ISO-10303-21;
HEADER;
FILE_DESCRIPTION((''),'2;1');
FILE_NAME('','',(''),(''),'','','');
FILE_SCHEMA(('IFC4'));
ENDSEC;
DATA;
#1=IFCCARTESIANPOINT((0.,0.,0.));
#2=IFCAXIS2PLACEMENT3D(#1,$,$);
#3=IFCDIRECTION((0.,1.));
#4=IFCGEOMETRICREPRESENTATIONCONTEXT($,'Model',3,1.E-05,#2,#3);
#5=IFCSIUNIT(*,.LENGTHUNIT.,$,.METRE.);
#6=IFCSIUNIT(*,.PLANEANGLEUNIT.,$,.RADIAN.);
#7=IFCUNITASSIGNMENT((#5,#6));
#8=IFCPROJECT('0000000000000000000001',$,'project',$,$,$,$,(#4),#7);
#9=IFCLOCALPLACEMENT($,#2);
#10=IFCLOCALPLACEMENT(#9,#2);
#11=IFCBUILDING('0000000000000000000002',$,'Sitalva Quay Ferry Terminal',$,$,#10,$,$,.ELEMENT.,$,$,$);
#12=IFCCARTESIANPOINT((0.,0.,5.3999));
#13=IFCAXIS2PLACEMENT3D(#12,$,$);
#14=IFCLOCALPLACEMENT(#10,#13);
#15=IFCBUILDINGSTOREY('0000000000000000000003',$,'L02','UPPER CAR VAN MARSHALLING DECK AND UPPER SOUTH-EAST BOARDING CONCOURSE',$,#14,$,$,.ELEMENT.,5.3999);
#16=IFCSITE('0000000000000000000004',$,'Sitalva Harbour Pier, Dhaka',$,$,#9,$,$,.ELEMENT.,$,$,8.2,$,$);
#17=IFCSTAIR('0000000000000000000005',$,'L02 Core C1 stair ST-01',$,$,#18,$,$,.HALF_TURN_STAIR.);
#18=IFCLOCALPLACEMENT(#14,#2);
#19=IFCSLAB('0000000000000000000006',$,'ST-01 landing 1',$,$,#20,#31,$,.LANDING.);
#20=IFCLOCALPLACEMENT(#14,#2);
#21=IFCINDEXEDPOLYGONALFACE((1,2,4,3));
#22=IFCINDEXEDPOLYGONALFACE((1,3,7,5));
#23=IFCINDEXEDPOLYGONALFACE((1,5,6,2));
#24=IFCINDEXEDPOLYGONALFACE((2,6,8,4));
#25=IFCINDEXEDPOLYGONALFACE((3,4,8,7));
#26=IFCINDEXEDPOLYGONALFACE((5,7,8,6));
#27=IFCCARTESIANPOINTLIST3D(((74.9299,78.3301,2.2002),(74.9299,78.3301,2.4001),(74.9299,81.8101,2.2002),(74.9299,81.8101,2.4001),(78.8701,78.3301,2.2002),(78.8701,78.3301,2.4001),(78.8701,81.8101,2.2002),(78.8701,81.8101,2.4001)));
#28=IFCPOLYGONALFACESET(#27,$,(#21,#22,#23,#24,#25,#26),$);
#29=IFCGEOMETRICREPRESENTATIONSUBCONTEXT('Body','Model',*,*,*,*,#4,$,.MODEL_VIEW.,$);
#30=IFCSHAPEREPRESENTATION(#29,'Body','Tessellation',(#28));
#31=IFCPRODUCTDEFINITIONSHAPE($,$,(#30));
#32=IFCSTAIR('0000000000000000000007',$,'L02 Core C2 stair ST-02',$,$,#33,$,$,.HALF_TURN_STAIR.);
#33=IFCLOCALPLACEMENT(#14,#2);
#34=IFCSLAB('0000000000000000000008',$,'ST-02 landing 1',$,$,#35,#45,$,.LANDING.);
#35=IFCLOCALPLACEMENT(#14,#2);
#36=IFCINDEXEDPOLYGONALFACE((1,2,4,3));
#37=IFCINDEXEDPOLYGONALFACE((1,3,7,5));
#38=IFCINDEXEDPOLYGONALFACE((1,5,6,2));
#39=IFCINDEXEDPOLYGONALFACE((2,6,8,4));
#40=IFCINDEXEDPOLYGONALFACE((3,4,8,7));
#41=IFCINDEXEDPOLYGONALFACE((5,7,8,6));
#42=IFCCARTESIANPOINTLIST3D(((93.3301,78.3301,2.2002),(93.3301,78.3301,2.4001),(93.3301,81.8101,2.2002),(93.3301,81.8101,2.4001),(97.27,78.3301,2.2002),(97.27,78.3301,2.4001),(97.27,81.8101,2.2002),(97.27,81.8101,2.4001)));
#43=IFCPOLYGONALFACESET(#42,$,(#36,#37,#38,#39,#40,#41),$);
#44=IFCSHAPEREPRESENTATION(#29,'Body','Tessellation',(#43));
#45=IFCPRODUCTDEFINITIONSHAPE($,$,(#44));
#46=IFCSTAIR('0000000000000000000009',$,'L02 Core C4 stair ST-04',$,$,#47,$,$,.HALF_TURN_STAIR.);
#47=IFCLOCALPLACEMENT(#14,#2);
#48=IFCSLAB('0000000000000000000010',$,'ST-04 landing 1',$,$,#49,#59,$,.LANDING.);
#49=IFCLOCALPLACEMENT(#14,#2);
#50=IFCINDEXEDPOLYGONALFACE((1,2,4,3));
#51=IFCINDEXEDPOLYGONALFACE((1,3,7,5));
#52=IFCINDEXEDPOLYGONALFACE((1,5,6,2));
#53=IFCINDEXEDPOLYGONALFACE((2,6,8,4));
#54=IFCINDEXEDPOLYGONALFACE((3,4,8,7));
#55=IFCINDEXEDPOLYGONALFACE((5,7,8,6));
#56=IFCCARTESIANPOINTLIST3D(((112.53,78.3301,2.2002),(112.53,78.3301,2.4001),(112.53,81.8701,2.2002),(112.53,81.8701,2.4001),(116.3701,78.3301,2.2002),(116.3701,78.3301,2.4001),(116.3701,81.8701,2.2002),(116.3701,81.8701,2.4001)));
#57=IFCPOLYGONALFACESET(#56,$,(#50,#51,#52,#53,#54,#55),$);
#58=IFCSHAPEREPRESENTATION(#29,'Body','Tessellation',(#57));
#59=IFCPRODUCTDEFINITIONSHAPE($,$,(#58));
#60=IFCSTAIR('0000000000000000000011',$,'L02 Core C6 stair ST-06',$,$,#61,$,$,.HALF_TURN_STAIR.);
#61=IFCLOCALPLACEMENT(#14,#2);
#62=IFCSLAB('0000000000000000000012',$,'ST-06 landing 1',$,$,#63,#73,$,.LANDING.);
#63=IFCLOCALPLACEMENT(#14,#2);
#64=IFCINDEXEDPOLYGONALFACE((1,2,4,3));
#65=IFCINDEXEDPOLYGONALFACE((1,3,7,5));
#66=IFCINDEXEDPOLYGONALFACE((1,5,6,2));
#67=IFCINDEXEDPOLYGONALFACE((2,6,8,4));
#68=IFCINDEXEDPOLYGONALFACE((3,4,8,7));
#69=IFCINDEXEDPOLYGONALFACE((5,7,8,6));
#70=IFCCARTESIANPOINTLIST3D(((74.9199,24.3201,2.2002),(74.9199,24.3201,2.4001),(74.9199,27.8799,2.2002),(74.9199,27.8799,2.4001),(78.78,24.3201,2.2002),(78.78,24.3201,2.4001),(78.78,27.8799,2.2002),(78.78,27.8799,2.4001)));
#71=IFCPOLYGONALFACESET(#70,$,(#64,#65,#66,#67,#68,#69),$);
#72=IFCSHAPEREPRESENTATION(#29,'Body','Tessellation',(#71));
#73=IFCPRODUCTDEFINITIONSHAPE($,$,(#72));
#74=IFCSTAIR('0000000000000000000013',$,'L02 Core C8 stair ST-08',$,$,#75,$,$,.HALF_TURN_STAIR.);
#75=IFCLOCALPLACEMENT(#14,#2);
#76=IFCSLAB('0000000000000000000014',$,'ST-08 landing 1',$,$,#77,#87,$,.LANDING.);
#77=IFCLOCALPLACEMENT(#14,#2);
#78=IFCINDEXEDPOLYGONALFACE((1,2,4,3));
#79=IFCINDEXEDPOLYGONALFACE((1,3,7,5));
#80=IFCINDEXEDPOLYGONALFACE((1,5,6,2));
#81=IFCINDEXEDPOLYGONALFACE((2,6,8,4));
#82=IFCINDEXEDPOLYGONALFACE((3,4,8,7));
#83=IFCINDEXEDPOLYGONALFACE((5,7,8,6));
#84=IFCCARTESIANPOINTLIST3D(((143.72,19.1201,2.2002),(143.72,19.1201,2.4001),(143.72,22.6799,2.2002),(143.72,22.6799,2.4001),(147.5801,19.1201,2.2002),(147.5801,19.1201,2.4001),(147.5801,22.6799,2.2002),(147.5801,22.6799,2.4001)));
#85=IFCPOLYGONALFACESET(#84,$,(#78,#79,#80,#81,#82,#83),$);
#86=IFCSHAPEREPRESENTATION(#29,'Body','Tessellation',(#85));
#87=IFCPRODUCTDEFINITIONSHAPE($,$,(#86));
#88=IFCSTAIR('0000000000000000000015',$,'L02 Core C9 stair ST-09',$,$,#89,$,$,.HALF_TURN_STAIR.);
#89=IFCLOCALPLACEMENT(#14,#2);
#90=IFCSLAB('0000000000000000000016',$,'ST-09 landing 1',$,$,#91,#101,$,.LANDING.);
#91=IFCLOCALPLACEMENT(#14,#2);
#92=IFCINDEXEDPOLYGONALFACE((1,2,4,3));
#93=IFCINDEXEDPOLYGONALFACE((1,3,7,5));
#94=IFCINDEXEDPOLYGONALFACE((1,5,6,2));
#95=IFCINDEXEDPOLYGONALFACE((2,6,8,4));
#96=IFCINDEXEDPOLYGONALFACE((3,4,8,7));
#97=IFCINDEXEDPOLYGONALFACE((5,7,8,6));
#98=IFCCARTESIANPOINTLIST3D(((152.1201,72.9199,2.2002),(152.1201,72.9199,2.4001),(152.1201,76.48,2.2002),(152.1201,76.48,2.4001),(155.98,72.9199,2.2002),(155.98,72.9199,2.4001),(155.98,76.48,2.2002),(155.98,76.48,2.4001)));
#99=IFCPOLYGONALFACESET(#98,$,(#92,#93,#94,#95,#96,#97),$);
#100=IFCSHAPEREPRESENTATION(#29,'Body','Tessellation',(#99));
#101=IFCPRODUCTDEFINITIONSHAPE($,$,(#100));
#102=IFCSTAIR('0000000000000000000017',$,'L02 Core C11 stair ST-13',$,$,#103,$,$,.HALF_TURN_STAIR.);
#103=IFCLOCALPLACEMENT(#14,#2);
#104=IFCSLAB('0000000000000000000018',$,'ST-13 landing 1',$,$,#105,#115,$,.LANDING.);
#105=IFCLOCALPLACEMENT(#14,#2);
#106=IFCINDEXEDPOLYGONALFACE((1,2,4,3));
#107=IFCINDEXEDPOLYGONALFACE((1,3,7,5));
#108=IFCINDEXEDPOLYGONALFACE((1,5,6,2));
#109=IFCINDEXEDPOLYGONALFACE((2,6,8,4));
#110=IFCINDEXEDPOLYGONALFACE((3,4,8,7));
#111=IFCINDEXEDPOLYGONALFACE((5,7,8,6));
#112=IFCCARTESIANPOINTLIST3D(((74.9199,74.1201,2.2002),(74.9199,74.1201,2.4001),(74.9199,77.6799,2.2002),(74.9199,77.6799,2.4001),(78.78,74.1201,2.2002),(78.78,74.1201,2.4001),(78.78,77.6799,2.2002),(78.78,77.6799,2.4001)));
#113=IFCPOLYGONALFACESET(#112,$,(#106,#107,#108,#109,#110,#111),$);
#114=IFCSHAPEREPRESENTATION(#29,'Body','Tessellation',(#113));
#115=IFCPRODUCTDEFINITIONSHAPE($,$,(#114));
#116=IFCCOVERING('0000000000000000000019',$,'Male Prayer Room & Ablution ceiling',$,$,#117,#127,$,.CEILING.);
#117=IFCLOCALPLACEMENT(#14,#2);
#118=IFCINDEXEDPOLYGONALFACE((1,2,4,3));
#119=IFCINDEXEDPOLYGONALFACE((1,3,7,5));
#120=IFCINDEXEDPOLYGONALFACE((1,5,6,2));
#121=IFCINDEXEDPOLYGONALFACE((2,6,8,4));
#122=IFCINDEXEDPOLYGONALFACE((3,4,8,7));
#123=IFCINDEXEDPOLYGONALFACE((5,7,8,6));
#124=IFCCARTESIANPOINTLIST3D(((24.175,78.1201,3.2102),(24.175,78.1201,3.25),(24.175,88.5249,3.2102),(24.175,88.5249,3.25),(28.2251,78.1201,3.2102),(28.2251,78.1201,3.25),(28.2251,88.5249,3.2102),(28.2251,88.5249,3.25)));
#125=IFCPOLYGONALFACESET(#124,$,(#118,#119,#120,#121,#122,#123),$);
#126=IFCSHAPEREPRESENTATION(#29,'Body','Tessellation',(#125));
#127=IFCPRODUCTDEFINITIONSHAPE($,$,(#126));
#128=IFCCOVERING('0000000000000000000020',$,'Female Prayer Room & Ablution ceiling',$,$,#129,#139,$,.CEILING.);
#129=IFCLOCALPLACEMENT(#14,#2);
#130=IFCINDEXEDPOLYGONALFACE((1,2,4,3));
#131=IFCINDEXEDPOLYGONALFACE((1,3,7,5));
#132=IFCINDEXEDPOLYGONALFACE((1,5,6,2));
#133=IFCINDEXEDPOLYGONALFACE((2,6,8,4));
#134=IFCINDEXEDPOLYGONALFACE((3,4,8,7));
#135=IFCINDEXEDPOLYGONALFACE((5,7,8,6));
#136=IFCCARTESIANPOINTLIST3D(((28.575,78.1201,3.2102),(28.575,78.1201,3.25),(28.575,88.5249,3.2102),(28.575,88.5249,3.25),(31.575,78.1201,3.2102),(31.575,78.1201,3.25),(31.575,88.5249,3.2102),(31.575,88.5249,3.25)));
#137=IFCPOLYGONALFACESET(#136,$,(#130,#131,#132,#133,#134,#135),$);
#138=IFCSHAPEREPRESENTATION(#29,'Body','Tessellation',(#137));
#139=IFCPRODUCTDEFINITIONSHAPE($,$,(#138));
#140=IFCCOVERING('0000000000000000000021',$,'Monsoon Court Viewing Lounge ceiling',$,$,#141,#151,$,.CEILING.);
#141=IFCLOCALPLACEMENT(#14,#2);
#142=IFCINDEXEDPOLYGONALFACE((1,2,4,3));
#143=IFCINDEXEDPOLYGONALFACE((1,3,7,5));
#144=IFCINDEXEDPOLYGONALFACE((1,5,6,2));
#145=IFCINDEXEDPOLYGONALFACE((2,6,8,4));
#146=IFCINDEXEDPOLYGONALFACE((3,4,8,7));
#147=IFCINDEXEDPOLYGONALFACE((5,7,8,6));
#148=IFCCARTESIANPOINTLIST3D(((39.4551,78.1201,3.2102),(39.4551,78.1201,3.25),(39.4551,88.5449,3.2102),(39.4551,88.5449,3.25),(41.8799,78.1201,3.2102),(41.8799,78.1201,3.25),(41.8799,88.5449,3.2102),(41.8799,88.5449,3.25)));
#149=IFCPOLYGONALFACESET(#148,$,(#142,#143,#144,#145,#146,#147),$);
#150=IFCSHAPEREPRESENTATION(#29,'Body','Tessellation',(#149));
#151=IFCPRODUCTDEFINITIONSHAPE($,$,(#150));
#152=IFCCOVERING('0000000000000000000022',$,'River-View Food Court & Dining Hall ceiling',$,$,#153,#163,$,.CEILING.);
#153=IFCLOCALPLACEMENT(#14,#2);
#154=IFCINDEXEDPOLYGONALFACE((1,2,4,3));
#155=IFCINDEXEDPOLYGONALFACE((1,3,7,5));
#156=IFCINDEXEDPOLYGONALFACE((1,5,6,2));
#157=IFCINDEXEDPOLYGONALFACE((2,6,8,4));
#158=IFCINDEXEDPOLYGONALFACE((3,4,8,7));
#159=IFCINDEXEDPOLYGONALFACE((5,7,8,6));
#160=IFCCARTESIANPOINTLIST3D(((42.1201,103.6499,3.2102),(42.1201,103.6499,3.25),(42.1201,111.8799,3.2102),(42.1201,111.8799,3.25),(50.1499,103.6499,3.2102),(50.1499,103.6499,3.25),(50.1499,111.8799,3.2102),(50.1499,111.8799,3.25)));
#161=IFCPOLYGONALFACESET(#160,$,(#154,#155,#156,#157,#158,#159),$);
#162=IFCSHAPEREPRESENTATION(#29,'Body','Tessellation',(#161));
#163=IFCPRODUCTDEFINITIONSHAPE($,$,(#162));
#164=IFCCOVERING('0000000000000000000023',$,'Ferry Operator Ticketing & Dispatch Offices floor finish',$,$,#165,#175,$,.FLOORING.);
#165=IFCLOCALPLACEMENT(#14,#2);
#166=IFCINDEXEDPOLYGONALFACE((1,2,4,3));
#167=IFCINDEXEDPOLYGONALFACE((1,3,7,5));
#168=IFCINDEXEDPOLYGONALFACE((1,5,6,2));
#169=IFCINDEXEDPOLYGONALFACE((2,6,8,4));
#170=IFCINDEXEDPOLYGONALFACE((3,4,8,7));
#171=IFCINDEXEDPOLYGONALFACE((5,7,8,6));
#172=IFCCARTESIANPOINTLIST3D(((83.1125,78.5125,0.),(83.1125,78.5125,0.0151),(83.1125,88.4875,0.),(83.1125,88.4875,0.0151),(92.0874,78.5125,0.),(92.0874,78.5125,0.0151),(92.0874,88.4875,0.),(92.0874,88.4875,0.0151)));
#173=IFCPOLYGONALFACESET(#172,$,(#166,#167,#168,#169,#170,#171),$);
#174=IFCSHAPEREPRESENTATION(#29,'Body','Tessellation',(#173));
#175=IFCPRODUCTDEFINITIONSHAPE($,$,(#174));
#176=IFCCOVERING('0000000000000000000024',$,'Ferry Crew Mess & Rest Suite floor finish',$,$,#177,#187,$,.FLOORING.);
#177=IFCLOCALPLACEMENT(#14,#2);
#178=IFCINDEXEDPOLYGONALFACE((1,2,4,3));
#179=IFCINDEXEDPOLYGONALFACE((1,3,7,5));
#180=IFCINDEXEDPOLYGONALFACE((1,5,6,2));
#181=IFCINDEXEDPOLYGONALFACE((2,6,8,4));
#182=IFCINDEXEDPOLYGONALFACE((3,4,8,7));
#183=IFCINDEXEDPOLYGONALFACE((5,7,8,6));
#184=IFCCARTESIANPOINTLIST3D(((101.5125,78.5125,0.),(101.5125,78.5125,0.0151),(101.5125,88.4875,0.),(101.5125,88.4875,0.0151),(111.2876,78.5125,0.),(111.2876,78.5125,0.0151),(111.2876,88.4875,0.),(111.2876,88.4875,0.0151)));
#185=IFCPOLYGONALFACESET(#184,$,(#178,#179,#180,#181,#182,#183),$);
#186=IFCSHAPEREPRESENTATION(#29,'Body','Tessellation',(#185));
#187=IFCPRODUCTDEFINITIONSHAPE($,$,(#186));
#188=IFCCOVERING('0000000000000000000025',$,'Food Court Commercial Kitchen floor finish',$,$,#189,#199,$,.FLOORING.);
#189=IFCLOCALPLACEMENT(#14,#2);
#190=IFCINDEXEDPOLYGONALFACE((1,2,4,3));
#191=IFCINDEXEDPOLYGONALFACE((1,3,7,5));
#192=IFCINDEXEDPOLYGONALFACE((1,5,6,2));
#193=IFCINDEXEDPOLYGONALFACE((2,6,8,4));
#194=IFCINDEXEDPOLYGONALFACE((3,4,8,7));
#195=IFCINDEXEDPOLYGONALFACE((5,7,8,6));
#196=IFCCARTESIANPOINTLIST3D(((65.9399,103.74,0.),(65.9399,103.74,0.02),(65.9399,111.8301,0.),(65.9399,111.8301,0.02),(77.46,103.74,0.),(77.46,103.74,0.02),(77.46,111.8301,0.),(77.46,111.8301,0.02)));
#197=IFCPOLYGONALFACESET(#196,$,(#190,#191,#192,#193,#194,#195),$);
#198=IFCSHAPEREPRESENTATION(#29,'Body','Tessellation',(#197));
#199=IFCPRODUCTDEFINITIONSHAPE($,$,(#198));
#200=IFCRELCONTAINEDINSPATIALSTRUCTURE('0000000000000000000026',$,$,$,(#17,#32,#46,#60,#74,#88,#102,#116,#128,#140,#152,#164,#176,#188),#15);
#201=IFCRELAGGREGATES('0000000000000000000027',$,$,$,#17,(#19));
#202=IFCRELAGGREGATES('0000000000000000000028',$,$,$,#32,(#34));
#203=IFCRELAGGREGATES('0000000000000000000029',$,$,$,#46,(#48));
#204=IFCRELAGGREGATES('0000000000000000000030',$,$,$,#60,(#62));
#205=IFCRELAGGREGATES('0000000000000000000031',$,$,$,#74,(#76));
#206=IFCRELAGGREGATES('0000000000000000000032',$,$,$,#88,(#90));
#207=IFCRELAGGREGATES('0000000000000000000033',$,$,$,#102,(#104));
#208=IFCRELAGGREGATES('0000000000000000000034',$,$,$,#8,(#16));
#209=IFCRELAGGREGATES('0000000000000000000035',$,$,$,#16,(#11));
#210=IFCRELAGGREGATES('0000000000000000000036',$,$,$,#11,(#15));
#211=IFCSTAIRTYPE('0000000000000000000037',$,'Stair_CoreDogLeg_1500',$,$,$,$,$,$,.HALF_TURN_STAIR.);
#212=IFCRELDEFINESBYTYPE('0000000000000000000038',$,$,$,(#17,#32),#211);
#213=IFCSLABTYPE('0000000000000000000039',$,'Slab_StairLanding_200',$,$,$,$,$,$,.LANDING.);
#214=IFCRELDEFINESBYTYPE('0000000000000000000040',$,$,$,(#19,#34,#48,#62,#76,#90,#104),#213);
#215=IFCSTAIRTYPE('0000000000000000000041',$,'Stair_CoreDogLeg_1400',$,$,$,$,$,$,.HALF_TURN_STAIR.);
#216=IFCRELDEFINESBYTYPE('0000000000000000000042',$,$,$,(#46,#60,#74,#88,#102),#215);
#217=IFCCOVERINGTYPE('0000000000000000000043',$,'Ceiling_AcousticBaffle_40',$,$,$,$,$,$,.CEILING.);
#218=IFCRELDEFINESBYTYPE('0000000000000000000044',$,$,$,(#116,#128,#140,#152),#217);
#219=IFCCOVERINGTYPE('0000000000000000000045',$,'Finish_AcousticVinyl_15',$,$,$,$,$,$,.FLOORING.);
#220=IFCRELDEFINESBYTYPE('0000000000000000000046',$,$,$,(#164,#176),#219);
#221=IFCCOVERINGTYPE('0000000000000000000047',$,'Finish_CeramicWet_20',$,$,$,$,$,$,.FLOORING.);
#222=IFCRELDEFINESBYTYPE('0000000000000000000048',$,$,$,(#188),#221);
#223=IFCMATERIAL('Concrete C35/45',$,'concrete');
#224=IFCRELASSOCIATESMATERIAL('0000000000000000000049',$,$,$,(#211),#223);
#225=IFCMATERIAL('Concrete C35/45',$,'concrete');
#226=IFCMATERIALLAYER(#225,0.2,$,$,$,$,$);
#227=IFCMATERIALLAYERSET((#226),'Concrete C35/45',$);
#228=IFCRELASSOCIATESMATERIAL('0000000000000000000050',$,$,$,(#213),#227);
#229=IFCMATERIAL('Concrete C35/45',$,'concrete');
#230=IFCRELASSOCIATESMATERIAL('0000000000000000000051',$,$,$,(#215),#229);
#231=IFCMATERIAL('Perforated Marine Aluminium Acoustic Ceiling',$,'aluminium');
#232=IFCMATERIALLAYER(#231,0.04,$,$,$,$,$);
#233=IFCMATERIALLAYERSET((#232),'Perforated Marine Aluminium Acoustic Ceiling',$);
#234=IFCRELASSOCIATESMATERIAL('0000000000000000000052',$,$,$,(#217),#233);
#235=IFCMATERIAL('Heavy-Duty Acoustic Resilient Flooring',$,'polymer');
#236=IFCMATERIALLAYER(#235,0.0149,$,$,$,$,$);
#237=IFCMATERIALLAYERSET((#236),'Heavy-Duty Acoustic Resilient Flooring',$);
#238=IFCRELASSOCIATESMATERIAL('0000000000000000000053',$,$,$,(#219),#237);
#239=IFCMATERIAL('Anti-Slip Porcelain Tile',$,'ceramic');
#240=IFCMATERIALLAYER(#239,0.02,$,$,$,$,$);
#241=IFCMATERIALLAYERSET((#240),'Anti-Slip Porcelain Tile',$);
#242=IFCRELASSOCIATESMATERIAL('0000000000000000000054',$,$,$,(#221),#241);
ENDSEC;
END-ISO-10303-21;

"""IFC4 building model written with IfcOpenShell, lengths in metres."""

from ifc_helpers import new_model, si_unit, direction, frame, origin, place, context, subcontext, project, spatial, polyline, outline, extrude, material, layer, layer_set, type_object, element, aggregate, save


model = new_model("IFC4")

# Units and contexts
model_context = context("Model", 3, precision=1e-05, world=origin(), true_north=direction((0.0, 1.0)))
body_context = subcontext(model_context, "Body", "Model", "MODEL_VIEW")
ifc_project = project(units=[si_unit("LENGTHUNIT", "METRE"), si_unit("PLANEANGLEUNIT", "RADIAN")], contexts=[model_context])

# Site, building, storey
site_placement = place(None, origin())
site = spatial("IfcSite", under=ifc_project, at=site_placement, Name="Sitalva Harbour Pier, Dhaka", CompositionType="ELEMENT", RefElevation=8.2)
building_placement = place(site_placement, origin())
building = spatial("IfcBuilding", under=site, at=building_placement, Name="Sitalva Quay Ferry Terminal", CompositionType="ELEMENT")
storey_placement = place(building_placement, frame((0.0, 0.0, 5.3999)))
storey = spatial("IfcBuildingStorey", under=building, at=storey_placement, Name="L02", Description="UPPER CAR VAN MARSHALLING DECK AND UPPER SOUTH-EAST BOARDING CONCOURSE", CompositionType="ELEMENT", Elevation=5.3999)

# Stairs, slabs
ifc_material_1 = material(Name="Concrete C35/45", Category="concrete")
stair_type_1 = type_object("IfcStairType", Name="Stair_CoreDogLeg_1500", PredefinedType="HALF_TURN_STAIR", material=ifc_material_1)
stair_1_placement = place(storey_placement, origin())
stair_1 = element("IfcStair", 1, at=stair_1_placement, inside=storey, type_object=stair_type_1, Name="L02 Core C1 stair ST-01", PredefinedType="HALF_TURN_STAIR")
ifc_material_2 = material(Name="Concrete C35/45", Category="concrete")
ifc_layer_1 = layer(ifc_material_2, 0.2)
ifc_layer_set_1 = layer_set([ifc_layer_1], Name="Concrete C35/45")
slab_type = type_object("IfcSlabType", Name="Slab_StairLanding_200", PredefinedType="LANDING", material=ifc_layer_set_1)
slab_1_placement = place(storey_placement, frame((0.0, 0.0, 2.2002)))
slab_1 = element("IfcSlab", 2, at=slab_1_placement, type_object=slab_type, Name="ST-01 landing 1", PredefinedType="LANDING", context=body_context, shape_type="SweptSolid", body=[
    extrude(outline(polyline([(74.9299, 81.8101), (74.9299, 78.3301), (78.8701, 78.3301), (78.8701, 81.8101), (74.9299, 81.8101)])), origin(), (0.0, 0.0, 1.0), 0.2),
])
aggregate(stair_1, [slab_1])
stair_2_placement = place(storey_placement, origin())
stair_2 = element("IfcStair", 3, at=stair_2_placement, inside=storey, type_object=stair_type_1, Name="L02 Core C2 stair ST-02", PredefinedType="HALF_TURN_STAIR")
slab_2_placement = place(storey_placement, frame((0.0, 0.0, 2.2002)))
slab_2 = element("IfcSlab", 4, at=slab_2_placement, type_object=slab_type, Name="ST-02 landing 1", PredefinedType="LANDING", context=body_context, shape_type="SweptSolid", body=[
    extrude(outline(polyline([(93.3301, 81.8101), (93.3301, 78.3301), (97.27, 78.3301), (97.27, 81.8101), (93.3301, 81.8101)])), origin(), (0.0, 0.0, 1.0), 0.2),
])
aggregate(stair_2, [slab_2])
ifc_material_3 = material(Name="Concrete C35/45", Category="concrete")
stair_type_2 = type_object("IfcStairType", Name="Stair_CoreDogLeg_1400", PredefinedType="HALF_TURN_STAIR", material=ifc_material_3)
stair_3_placement = place(storey_placement, origin())
stair_3 = element("IfcStair", 5, at=stair_3_placement, inside=storey, type_object=stair_type_2, Name="L02 Core C4 stair ST-04", PredefinedType="HALF_TURN_STAIR")
slab_3_placement = place(storey_placement, frame((0.0, 0.0, 2.2002)))
slab_3 = element("IfcSlab", 6, at=slab_3_placement, type_object=slab_type, Name="ST-04 landing 1", PredefinedType="LANDING", context=body_context, shape_type="SweptSolid", body=[
    extrude(outline(polyline([(112.53, 81.8701), (112.53, 78.3301), (116.3701, 78.3301), (116.3701, 81.8701), (112.53, 81.8701)])), origin(), (0.0, 0.0, 1.0), 0.2),
])
aggregate(stair_3, [slab_3])
stair_4_placement = place(storey_placement, origin())
stair_4 = element("IfcStair", 7, at=stair_4_placement, inside=storey, type_object=stair_type_2, Name="L02 Core C6 stair ST-06", PredefinedType="HALF_TURN_STAIR")
slab_4_placement = place(storey_placement, frame((0.0, 0.0, 2.2002)))
slab_4 = element("IfcSlab", 8, at=slab_4_placement, type_object=slab_type, Name="ST-06 landing 1", PredefinedType="LANDING", context=body_context, shape_type="SweptSolid", body=[
    extrude(outline(polyline([(78.78, 24.3201), (78.78, 27.8799), (74.9199, 27.8799), (74.9199, 24.3201), (78.78, 24.3201)])), origin(), (0.0, 0.0, 1.0), 0.2),
])
aggregate(stair_4, [slab_4])
stair_5_placement = place(storey_placement, origin())
stair_5 = element("IfcStair", 9, at=stair_5_placement, inside=storey, type_object=stair_type_2, Name="L02 Core C8 stair ST-08", PredefinedType="HALF_TURN_STAIR")
slab_5_placement = place(storey_placement, frame((0.0, 0.0, 2.2002)))
slab_5 = element("IfcSlab", 10, at=slab_5_placement, type_object=slab_type, Name="ST-08 landing 1", PredefinedType="LANDING", context=body_context, shape_type="SweptSolid", body=[
    extrude(outline(polyline([(143.72, 22.6799), (143.72, 19.1201), (147.5801, 19.1201), (147.5801, 22.6799), (143.72, 22.6799)])), origin(), (0.0, 0.0, 1.0), 0.2),
])
aggregate(stair_5, [slab_5])
stair_6_placement = place(storey_placement, origin())
stair_6 = element("IfcStair", 11, at=stair_6_placement, inside=storey, type_object=stair_type_2, Name="L02 Core C9 stair ST-09", PredefinedType="HALF_TURN_STAIR")
slab_6_placement = place(storey_placement, frame((0.0, 0.0, 2.2002)))
slab_6 = element("IfcSlab", 12, at=slab_6_placement, type_object=slab_type, Name="ST-09 landing 1", PredefinedType="LANDING", context=body_context, shape_type="SweptSolid", body=[
    extrude(outline(polyline([(155.98, 72.9199), (155.98, 76.48), (152.1201, 76.48), (152.1201, 72.9199), (155.98, 72.9199)])), origin(), (0.0, 0.0, 1.0), 0.2),
])
aggregate(stair_6, [slab_6])
stair_7_placement = place(storey_placement, origin())
stair_7 = element("IfcStair", 13, at=stair_7_placement, inside=storey, type_object=stair_type_2, Name="L02 Core C11 stair ST-13", PredefinedType="HALF_TURN_STAIR")
slab_7_placement = place(storey_placement, frame((0.0, 0.0, 2.2002)))
slab_7 = element("IfcSlab", 14, at=slab_7_placement, type_object=slab_type, Name="ST-13 landing 1", PredefinedType="LANDING", context=body_context, shape_type="SweptSolid", body=[
    extrude(outline(polyline([(78.78, 74.1201), (78.78, 77.6799), (74.9199, 77.6799), (74.9199, 74.1201), (78.78, 74.1201)])), origin(), (0.0, 0.0, 1.0), 0.2),
])
aggregate(stair_7, [slab_7])

# Coverings
ifc_material_4 = material(Name="Perforated Marine Aluminium Acoustic Ceiling", Category="aluminium")
ifc_layer_2 = layer(ifc_material_4, 0.04)
ifc_layer_set_2 = layer_set([ifc_layer_2], Name="Perforated Marine Aluminium Acoustic Ceiling")
covering_type_1 = type_object("IfcCoveringType", Name="Ceiling_AcousticBaffle_40", PredefinedType="CEILING", material=ifc_layer_set_2)
covering_1_placement = place(storey_placement, frame((0.0, 0.0, 3.2102)))
element("IfcCovering", 15, at=covering_1_placement, inside=storey, type_object=covering_type_1, Name="Male Prayer Room & Ablution ceiling", PredefinedType="CEILING", context=body_context, shape_type="SweptSolid", body=[
    extrude(outline(polyline([(24.175, 78.1201), (28.2251, 78.1201), (28.2251, 88.5249), (24.175, 88.5249), (24.175, 78.1201)])), origin(), (0.0, 0.0, 1.0), 0.0398),
])
covering_2_placement = place(storey_placement, frame((0.0, 0.0, 3.2102)))
element("IfcCovering", 16, at=covering_2_placement, inside=storey, type_object=covering_type_1, Name="Female Prayer Room & Ablution ceiling", PredefinedType="CEILING", context=body_context, shape_type="SweptSolid", body=[
    extrude(outline(polyline([(28.575, 78.1201), (31.575, 78.1201), (31.575, 88.5249), (28.575, 88.5249), (28.575, 78.1201)])), origin(), (0.0, 0.0, 1.0), 0.0398),
])
covering_3_placement = place(storey_placement, frame((0.0, 0.0, 3.2102)))
element("IfcCovering", 17, at=covering_3_placement, inside=storey, type_object=covering_type_1, Name="Monsoon Court Viewing Lounge ceiling", PredefinedType="CEILING", context=body_context, shape_type="SweptSolid", body=[
    extrude(outline(polyline([(39.4551, 78.1201), (41.8799, 78.1201), (41.8799, 88.5449), (39.4551, 88.5449), (39.4551, 78.1201)])), origin(), (0.0, 0.0, 1.0), 0.0398),
])
covering_4_placement = place(storey_placement, frame((0.0, 0.0, 3.2102)))
element("IfcCovering", 18, at=covering_4_placement, inside=storey, type_object=covering_type_1, Name="River-View Food Court & Dining Hall ceiling", PredefinedType="CEILING", context=body_context, shape_type="SweptSolid", body=[
    extrude(outline(polyline([(42.1201, 103.6499), (50.1499, 103.6499), (50.1499, 111.8799), (42.1201, 111.8799), (42.1201, 103.6499)])), origin(), (0.0, 0.0, 1.0), 0.0398),
])
ifc_material_5 = material(Name="Heavy-Duty Acoustic Resilient Flooring", Category="polymer")
ifc_layer_3 = layer(ifc_material_5, 0.0149)
ifc_layer_set_3 = layer_set([ifc_layer_3], Name="Heavy-Duty Acoustic Resilient Flooring")
covering_type_2 = type_object("IfcCoveringType", Name="Finish_AcousticVinyl_15", PredefinedType="FLOORING", material=ifc_layer_set_3)
covering_5_placement = place(storey_placement, origin())
element("IfcCovering", 19, at=covering_5_placement, inside=storey, type_object=covering_type_2, Name="Ferry Operator Ticketing & Dispatch Offices floor finish", PredefinedType="FLOORING", context=body_context, shape_type="SweptSolid", body=[
    extrude(outline(polyline([(83.1125, 78.5125), (92.0874, 78.5125), (92.0874, 88.4875), (83.1125, 88.4875), (83.1125, 78.5125)])), origin(), (0.0, 0.0, 1.0), 0.0151),
])
covering_6_placement = place(storey_placement, origin())
element("IfcCovering", 20, at=covering_6_placement, inside=storey, type_object=covering_type_2, Name="Ferry Crew Mess & Rest Suite floor finish", PredefinedType="FLOORING", context=body_context, shape_type="SweptSolid", body=[
    extrude(outline(polyline([(101.5125, 78.5125), (111.2876, 78.5125), (111.2876, 88.4875), (101.5125, 88.4875), (101.5125, 78.5125)])), origin(), (0.0, 0.0, 1.0), 0.0151),
])
ifc_material_6 = material(Name="Anti-Slip Porcelain Tile", Category="ceramic")
ifc_layer_4 = layer(ifc_material_6, 0.02)
ifc_layer_set_4 = layer_set([ifc_layer_4], Name="Anti-Slip Porcelain Tile")
covering_type_3 = type_object("IfcCoveringType", Name="Finish_CeramicWet_20", PredefinedType="FLOORING", material=ifc_layer_set_4)
covering_7_placement = place(storey_placement, origin())
element("IfcCovering", 21, at=covering_7_placement, inside=storey, type_object=covering_type_3, Name="Food Court Commercial Kitchen floor finish", PredefinedType="FLOORING", context=body_context, shape_type="SweptSolid", body=[
    extrude(outline(polyline([(65.9399, 103.74), (77.46, 103.74), (77.46, 111.8301), (65.9399, 111.8301), (65.9399, 103.74)])), origin(), (0.0, 0.0, 1.0), 0.02),
])

save(model, "model.ifc")
